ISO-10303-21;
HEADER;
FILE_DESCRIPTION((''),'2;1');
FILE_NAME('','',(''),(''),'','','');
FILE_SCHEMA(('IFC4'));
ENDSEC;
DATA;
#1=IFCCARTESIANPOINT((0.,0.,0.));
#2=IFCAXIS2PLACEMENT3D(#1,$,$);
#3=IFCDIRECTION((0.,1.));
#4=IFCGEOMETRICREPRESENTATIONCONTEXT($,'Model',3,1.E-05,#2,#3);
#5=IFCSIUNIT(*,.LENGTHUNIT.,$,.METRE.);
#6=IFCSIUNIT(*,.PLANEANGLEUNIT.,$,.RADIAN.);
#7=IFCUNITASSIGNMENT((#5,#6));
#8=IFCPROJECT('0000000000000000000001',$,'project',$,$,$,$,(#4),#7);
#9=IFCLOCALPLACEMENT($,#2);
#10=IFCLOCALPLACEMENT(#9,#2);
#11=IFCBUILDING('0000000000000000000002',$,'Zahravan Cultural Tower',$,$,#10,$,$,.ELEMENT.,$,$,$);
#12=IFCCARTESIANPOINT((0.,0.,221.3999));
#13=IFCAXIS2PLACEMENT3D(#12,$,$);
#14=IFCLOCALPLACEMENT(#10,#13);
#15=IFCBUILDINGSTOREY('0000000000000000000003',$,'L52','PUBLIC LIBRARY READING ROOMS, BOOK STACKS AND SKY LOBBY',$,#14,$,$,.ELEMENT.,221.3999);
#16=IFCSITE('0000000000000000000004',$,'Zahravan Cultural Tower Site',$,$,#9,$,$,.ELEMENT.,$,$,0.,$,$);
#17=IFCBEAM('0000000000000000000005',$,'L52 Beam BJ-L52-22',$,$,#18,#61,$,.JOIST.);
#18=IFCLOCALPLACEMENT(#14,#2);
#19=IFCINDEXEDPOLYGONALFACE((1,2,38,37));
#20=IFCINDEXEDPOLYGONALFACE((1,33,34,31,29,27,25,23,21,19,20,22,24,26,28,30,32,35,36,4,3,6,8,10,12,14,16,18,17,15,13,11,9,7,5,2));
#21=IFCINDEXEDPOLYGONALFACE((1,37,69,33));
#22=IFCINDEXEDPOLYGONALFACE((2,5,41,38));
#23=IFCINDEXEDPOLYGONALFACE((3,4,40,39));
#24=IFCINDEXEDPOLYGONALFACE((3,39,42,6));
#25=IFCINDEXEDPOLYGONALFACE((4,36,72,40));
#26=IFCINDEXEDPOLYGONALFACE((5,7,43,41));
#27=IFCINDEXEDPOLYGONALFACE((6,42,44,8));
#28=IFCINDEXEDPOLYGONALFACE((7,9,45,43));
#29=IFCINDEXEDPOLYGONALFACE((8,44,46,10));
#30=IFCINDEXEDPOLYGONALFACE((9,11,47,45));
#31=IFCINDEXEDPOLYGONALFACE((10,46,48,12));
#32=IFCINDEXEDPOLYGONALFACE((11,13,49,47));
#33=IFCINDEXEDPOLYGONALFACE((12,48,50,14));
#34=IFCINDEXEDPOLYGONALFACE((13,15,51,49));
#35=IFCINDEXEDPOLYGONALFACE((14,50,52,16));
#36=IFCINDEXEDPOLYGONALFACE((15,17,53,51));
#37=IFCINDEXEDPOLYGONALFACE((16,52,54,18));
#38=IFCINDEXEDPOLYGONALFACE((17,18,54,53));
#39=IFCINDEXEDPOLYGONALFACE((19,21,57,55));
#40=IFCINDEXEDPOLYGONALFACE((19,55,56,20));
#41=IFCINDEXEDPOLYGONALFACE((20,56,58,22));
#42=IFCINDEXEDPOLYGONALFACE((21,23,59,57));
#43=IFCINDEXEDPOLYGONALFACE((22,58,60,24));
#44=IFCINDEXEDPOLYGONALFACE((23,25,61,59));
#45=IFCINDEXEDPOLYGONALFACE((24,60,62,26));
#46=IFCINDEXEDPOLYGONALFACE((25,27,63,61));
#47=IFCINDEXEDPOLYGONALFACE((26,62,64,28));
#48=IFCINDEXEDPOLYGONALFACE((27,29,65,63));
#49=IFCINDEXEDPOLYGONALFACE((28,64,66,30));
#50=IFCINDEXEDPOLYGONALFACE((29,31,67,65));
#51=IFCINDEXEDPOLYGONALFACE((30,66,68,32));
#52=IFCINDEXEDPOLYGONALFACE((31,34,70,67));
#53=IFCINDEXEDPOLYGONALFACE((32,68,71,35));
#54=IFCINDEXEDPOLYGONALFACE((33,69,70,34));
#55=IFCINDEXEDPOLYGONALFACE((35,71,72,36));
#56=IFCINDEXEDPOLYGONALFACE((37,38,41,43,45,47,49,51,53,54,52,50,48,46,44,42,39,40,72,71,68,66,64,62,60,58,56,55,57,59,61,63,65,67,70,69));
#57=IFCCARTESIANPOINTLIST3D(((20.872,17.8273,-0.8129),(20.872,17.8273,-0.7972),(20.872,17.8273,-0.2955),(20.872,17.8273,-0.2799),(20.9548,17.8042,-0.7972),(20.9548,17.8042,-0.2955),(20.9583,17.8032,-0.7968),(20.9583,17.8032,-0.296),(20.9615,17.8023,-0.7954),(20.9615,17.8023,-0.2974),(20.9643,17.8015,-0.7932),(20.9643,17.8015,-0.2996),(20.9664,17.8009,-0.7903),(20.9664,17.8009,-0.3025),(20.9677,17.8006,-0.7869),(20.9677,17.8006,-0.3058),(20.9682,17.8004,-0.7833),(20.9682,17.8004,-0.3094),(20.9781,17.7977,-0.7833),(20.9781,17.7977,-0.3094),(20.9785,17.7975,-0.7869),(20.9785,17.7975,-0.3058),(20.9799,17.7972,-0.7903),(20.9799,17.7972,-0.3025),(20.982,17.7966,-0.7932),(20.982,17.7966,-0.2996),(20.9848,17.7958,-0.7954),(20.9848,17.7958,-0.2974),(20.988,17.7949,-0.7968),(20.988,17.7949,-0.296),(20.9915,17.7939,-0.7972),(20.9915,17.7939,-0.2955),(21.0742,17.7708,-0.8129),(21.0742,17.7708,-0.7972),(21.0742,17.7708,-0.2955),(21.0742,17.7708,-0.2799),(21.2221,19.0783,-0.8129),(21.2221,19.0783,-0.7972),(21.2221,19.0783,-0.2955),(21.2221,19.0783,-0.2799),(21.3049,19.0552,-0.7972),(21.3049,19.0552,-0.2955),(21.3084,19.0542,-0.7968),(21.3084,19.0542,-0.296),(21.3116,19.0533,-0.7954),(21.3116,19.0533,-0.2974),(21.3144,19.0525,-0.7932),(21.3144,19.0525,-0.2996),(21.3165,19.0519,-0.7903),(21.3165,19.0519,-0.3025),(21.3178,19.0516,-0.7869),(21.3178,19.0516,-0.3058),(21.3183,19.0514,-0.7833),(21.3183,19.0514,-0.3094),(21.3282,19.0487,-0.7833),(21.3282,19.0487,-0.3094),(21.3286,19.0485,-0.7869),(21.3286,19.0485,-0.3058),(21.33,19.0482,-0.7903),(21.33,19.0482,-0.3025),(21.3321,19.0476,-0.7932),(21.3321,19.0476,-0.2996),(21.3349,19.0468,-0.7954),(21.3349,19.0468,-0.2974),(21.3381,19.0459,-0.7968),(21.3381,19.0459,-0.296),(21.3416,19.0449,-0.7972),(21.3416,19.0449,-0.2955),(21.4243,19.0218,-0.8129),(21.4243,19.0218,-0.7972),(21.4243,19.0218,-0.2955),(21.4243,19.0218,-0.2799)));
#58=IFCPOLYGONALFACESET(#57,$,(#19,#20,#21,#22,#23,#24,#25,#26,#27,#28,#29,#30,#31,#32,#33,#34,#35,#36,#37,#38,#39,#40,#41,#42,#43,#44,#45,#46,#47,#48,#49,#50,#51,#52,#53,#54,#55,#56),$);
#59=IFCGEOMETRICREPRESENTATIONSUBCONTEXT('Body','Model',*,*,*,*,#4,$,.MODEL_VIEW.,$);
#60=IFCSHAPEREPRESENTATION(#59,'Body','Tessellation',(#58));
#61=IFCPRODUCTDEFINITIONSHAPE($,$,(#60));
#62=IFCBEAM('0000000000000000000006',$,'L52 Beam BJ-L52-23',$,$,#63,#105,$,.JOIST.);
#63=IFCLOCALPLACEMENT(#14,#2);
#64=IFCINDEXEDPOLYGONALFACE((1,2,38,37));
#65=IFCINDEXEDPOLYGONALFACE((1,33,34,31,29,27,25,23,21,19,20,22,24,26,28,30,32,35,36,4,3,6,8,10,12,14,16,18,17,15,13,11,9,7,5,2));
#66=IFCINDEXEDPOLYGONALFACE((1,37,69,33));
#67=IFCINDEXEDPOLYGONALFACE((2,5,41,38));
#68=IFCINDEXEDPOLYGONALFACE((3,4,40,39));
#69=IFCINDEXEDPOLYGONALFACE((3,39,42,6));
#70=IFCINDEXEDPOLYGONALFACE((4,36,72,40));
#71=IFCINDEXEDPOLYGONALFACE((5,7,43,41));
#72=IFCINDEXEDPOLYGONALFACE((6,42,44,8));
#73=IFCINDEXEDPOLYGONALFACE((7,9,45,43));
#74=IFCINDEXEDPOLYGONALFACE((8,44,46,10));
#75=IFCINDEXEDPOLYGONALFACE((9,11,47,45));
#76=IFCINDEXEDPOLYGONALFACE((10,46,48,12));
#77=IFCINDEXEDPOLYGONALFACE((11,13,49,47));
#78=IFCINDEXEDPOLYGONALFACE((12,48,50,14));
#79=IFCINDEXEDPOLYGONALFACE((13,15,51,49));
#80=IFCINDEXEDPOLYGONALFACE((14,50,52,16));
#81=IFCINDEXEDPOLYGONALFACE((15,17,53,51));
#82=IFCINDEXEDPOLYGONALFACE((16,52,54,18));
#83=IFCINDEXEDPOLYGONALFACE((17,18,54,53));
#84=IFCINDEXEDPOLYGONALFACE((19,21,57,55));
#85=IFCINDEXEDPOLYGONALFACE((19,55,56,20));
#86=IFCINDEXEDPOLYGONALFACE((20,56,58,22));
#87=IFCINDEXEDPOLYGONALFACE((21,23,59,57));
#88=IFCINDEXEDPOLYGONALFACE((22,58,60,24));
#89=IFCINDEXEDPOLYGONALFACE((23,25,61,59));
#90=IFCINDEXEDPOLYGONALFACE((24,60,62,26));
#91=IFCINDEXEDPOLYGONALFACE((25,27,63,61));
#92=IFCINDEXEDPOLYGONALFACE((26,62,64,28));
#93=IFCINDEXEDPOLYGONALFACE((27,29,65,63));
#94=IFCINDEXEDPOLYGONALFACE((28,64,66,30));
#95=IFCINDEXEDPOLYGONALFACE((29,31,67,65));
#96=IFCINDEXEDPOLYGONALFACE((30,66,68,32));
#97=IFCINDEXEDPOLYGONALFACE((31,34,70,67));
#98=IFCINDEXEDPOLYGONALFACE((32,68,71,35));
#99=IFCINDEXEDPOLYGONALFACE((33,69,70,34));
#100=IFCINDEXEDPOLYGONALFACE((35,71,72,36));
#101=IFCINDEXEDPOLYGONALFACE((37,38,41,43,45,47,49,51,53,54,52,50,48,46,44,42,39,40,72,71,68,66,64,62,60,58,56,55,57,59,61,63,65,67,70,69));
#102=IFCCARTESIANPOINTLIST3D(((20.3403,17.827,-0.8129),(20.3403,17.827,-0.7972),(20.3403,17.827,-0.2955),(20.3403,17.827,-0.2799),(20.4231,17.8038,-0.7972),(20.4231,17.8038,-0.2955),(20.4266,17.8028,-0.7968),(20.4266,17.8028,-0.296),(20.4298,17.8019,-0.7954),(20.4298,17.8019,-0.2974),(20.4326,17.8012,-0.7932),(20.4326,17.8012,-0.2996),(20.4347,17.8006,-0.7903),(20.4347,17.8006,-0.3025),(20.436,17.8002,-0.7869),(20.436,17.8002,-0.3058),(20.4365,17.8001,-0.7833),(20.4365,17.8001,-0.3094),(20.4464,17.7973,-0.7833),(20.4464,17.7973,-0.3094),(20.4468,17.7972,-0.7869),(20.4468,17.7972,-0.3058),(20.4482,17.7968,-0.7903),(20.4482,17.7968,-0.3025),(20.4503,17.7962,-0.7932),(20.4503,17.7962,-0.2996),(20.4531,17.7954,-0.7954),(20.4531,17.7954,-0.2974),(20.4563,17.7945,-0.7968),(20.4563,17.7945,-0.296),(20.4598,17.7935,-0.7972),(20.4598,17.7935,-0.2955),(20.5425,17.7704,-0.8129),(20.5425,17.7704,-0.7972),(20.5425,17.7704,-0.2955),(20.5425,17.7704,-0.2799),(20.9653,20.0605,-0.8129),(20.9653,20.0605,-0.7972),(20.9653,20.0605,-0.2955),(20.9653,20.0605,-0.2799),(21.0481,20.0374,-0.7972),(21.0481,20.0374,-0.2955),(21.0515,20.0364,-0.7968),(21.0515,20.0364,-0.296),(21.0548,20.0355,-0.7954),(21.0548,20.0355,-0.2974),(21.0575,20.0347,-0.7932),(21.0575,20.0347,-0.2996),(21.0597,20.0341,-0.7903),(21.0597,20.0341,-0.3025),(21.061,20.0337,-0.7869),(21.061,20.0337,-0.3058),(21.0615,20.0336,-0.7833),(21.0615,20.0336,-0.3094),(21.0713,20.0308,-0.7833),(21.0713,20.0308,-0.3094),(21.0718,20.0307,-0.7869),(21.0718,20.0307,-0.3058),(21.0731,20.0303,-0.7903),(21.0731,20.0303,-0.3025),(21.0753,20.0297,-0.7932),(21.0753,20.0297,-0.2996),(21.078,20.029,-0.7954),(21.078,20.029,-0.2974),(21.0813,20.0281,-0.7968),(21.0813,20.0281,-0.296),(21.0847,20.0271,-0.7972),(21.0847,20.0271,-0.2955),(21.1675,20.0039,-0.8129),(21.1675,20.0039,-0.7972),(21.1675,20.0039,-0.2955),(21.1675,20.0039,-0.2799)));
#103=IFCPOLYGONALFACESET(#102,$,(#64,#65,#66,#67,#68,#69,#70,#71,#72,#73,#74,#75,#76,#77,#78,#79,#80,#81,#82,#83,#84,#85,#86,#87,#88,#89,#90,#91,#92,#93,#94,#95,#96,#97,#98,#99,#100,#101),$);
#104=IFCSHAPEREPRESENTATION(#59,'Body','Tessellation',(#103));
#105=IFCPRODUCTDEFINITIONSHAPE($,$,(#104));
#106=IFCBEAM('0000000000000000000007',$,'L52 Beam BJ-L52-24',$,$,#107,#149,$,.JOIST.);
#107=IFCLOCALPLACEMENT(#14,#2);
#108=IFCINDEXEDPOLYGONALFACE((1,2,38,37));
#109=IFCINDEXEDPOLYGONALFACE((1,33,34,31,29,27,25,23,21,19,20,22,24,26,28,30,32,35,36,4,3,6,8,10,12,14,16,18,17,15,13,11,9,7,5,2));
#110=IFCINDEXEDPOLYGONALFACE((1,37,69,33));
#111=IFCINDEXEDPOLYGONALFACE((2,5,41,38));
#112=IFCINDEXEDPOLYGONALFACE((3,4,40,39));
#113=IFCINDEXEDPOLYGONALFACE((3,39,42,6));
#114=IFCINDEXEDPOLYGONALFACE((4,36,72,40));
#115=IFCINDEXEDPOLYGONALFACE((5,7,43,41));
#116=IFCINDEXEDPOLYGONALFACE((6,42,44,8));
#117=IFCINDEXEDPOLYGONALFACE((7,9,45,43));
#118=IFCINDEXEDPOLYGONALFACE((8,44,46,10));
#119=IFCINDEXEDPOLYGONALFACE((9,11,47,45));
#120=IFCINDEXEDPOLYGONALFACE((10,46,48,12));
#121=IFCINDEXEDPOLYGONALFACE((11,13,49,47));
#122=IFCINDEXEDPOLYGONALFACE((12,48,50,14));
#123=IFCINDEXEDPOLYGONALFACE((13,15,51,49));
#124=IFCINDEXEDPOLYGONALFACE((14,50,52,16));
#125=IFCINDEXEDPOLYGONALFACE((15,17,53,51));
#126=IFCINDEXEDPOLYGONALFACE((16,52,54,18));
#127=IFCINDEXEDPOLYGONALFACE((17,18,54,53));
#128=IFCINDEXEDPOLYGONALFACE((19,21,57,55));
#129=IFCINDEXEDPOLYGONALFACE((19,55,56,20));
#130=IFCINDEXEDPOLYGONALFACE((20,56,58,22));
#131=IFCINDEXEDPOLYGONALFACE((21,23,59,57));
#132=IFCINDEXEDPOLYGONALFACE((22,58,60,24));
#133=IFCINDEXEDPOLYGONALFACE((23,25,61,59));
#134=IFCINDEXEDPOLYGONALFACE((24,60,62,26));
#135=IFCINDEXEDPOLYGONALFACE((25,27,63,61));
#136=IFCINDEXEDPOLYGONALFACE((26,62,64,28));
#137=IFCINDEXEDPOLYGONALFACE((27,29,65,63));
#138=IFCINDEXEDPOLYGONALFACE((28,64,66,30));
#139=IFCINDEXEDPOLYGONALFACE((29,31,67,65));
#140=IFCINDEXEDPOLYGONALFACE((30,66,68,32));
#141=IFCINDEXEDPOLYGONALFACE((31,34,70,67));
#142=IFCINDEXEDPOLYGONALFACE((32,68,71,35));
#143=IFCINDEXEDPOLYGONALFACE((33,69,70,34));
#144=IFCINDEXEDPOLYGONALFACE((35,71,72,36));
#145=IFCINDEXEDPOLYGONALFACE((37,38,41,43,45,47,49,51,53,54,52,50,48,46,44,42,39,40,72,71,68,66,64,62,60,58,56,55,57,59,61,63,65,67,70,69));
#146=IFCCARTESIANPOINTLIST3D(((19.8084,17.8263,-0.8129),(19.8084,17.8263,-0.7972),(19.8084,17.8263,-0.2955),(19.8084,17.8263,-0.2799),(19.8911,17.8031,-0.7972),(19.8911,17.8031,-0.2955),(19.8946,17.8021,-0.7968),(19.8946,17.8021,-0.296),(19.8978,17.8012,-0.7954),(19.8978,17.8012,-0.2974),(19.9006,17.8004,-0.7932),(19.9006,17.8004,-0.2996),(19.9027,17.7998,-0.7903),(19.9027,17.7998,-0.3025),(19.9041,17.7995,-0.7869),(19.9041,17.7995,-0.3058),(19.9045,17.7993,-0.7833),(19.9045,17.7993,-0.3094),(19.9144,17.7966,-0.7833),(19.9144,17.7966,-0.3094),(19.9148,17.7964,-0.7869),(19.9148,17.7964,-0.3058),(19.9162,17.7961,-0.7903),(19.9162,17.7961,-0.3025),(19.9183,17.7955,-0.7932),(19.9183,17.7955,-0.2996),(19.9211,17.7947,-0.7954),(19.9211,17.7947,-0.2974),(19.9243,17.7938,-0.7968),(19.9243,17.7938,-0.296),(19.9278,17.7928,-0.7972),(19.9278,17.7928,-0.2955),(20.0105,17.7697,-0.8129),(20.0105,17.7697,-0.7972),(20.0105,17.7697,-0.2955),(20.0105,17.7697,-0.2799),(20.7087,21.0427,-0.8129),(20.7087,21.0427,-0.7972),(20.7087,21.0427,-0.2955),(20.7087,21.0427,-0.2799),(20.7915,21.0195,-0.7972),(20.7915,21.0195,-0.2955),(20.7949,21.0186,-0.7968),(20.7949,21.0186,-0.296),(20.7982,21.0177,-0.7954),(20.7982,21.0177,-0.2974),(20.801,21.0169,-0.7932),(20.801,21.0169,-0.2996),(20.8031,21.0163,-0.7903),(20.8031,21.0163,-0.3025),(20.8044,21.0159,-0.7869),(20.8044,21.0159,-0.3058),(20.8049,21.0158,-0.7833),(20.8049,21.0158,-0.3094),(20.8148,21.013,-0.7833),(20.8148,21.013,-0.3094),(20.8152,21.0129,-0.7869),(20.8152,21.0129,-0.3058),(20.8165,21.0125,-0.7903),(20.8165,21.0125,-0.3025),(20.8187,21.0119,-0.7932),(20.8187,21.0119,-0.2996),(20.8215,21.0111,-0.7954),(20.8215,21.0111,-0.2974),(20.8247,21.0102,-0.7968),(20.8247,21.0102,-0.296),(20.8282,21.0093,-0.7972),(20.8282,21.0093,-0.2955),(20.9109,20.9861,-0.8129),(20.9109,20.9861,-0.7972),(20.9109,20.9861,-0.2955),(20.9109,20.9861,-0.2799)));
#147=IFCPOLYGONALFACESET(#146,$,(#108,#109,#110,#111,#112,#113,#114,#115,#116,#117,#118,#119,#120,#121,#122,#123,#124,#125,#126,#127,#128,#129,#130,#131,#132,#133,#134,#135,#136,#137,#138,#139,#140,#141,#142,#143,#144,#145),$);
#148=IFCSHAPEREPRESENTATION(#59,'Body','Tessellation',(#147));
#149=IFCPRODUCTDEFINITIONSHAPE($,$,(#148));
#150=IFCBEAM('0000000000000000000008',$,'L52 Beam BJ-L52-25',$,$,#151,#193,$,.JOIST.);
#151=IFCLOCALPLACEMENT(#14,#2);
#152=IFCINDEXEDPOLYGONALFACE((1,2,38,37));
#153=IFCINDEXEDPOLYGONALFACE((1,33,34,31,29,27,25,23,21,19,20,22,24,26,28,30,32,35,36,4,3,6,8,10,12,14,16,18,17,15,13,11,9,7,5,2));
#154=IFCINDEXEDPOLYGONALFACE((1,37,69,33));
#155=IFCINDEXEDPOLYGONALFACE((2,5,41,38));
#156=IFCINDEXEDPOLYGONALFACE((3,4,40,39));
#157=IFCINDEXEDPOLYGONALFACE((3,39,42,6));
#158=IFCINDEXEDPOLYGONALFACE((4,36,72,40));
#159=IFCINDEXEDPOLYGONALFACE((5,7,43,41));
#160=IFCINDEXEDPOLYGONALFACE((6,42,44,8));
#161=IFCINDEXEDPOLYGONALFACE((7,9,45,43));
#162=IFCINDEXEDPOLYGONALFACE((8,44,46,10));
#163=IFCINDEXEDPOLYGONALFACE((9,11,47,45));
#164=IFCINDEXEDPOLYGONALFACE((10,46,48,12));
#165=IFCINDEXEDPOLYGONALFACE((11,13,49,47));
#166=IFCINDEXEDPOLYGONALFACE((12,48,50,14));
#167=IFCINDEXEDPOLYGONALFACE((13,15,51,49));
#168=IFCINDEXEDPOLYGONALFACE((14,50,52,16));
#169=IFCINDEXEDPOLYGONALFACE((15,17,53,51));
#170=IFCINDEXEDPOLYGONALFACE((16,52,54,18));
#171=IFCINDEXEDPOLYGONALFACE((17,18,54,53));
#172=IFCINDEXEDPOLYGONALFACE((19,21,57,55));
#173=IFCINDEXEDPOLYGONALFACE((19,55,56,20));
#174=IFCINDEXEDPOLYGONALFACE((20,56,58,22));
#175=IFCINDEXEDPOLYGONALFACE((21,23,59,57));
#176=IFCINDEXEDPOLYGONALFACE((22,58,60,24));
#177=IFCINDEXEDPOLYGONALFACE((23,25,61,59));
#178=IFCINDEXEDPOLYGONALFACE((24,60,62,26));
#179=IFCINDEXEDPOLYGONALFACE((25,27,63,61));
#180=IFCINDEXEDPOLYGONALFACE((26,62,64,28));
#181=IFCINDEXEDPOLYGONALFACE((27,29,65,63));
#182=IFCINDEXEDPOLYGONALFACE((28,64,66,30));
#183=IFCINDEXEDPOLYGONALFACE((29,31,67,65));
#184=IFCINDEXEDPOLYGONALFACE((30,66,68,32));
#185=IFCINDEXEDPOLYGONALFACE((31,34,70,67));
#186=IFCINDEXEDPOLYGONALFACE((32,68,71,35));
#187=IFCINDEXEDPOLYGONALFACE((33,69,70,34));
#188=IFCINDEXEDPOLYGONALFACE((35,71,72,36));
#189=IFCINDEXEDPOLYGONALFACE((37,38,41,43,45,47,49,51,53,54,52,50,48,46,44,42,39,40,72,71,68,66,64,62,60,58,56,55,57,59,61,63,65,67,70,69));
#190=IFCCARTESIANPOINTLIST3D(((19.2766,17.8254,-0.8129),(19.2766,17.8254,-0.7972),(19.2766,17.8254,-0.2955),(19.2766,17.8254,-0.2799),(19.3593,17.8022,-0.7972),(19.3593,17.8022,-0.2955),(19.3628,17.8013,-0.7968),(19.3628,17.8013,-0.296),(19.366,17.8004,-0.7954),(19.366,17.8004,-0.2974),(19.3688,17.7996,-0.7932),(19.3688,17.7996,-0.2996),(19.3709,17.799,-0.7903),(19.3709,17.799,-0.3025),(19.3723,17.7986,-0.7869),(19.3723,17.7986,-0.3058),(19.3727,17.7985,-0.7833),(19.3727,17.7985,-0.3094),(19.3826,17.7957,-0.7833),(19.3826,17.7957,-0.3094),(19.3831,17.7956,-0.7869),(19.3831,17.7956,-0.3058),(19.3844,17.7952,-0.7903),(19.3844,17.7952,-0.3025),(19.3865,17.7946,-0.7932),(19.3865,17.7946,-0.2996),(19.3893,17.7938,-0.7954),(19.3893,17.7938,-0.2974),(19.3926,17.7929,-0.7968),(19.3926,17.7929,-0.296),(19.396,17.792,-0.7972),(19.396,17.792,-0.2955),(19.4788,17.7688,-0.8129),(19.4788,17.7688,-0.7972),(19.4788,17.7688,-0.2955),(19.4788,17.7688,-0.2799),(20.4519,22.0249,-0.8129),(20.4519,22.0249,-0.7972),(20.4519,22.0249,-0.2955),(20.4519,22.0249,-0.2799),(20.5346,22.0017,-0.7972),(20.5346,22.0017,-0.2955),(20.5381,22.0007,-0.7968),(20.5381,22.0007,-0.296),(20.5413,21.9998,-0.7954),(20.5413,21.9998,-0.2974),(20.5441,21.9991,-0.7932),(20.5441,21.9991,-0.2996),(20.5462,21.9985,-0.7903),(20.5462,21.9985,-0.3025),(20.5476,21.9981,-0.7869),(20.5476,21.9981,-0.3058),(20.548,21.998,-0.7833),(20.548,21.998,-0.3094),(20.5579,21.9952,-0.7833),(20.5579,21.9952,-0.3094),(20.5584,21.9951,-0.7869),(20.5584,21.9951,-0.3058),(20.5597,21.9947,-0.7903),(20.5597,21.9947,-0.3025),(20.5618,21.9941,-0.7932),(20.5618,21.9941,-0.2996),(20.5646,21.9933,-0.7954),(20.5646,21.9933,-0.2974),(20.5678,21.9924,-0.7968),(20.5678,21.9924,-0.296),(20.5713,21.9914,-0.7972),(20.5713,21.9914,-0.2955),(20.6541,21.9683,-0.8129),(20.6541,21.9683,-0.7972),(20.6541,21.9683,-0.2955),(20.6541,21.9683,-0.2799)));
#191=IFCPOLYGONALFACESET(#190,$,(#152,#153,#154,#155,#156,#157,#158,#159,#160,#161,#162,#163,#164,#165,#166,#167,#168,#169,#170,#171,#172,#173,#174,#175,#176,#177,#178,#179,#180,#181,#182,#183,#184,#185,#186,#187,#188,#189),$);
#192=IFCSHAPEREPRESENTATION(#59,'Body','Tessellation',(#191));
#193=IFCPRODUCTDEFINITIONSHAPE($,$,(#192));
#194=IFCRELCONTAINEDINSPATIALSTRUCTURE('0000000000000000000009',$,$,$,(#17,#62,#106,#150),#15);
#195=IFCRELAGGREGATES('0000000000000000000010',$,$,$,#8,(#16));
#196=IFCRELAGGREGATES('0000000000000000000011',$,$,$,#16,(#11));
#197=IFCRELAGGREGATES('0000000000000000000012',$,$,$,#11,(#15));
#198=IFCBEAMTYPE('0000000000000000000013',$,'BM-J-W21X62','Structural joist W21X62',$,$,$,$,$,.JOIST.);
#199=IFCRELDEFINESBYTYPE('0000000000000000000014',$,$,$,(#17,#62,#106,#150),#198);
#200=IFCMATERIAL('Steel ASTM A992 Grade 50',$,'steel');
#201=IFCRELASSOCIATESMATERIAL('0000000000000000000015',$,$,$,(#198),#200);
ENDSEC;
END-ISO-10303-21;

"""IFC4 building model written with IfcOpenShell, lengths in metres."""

from ifc_helpers import new_model, si_unit, direction, frame, origin, origin_2d, place, context, subcontext, project, spatial, i_section, extrude, source, transform, mapped, material, material_profile, profile_set, type_object, element, save


model = new_model("IFC4")

# Units and contexts
model_context = context("Model", 3, precision=1e-05, world=origin(), true_north=direction((0.0, 1.0)))
body_context = subcontext(model_context, "Body", "Model", "MODEL_VIEW")
ifc_project = project(units=[si_unit("LENGTHUNIT", "METRE"), si_unit("PLANEANGLEUNIT", "RADIAN")], contexts=[model_context])

# Site, building, storey
site_placement = place(None, origin())
site = spatial("IfcSite", under=ifc_project, at=site_placement, Name="Zahravan Cultural Tower Site", CompositionType="ELEMENT", RefElevation=0.0)
building_placement = place(site_placement, origin())
building = spatial("IfcBuilding", under=site, at=building_placement, Name="Zahravan Cultural Tower", CompositionType="ELEMENT")
storey_placement = place(building_placement, frame((0.0, 0.0, 221.3999)))
storey = spatial("IfcBuildingStorey", under=building, at=storey_placement, Name="L52", Description="PUBLIC LIBRARY READING ROOMS, BOOK STACKS AND SKY LOBBY", CompositionType="ELEMENT", Elevation=221.3999)

# Beams
ifc_material_1 = material(Name="Steel ASTM A992 Grade 50", Category="steel")
ifc_material_profile_1 = material_profile(ifc_material_1, i_section(OverallWidth=0.21, OverallDepth=0.533, WebThickness=0.0103, FlangeThickness=0.0156, FilletRadius=0.0139, at=origin_2d()), Name="W21X62")
ifc_profile_set_1 = profile_set([ifc_material_profile_1], Name="Steel ASTM A992 Grade 50")
beam_type_1 = type_object("IfcBeamType", Name="BM-J-W21X62", Description="Structural joist W21X62", PredefinedType="JOIST", material=ifc_profile_set_1)
shared_shape_1 = source(origin(), body_context, "Body", "SweptSolid", [
    extrude(i_section(OverallWidth=0.21, OverallDepth=0.533, WebThickness=0.0103, FlangeThickness=0.0156, FilletRadius=0.0139, at=origin_2d()), origin(), (0.0, 0.0, 1.0), 1.2991),
])
beam_1_placement = place(storey_placement, frame((21.3232, 19.05, -0.5464), z_axis=(-0.269504, -0.962999, 0.0), x_axis=(0.962999, -0.269504, 0.0)))
element("IfcBeam", 1, at=beam_1_placement, inside=storey, type_object=beam_type_1, Name="L52 Beam BJ-L52-22", PredefinedType="JOIST", context=body_context, shape_type="MappedRepresentation", body=[
    mapped(shared_shape_1, transform((0.0, 0.0, 0.0), x_axis=(1.0, 0.0, 0.0), y_axis=(0.0, 1.0, 0.0), z_axis=(0.0, 0.0, 1.0), scale=1.0)),
])
shared_shape_2 = source(origin(), body_context, "Body", "SweptSolid", [
    extrude(i_section(OverallWidth=0.21, OverallDepth=0.533, WebThickness=0.0103, FlangeThickness=0.0156, FilletRadius=0.0139, at=origin_2d()), origin(), (0.0, 0.0, 1.0), 2.3193),
])
beam_2_placement = place(storey_placement, frame((21.0664, 20.0322, -0.5464), z_axis=(-0.269462, -0.963011, 0.0), x_axis=(0.963011, -0.269462, 0.0)))
element("IfcBeam", 2, at=beam_2_placement, inside=storey, type_object=beam_type_1, Name="L52 Beam BJ-L52-23", PredefinedType="JOIST", context=body_context, shape_type="MappedRepresentation", body=[
    mapped(shared_shape_2, transform((0.0, 0.0, 0.0), x_axis=(1.0, 0.0, 0.0), y_axis=(0.0, 1.0, 0.0), z_axis=(0.0, 0.0, 1.0), scale=1.0)),
])
shared_shape_3 = source(origin(), body_context, "Body", "SweptSolid", [
    extrude(i_section(OverallWidth=0.21, OverallDepth=0.533, WebThickness=0.0103, FlangeThickness=0.0156, FilletRadius=0.0139, at=origin_2d()), origin(), (0.0, 0.0, 1.0), 3.3401),
])
beam_3_placement = place(storey_placement, frame((20.8098, 21.0144, -0.5464), z_axis=(-0.269562, -0.962983, 0.0), x_axis=(0.962983, -0.269562, 0.0)))
element("IfcBeam", 3, at=beam_3_placement, inside=storey, type_object=beam_type_1, Name="L52 Beam BJ-L52-24", PredefinedType="JOIST", context=body_context, shape_type="MappedRepresentation", body=[
    mapped(shared_shape_3, transform((0.0, 0.0, 0.0), x_axis=(1.0, 0.0, 0.0), y_axis=(0.0, 1.0, 0.0), z_axis=(0.0, 0.0, 1.0), scale=1.0)),
])
shared_shape_4 = source(origin(), body_context, "Body", "SweptSolid", [
    extrude(i_section(OverallWidth=0.21, OverallDepth=0.533, WebThickness=0.0103, FlangeThickness=0.0156, FilletRadius=0.0139, at=origin_2d()), origin(), (0.0, 0.0, 1.0), 4.3608),
])
beam_4_placement = place(storey_placement, frame((20.553, 21.9966, -0.5464), z_axis=(-0.269512, -0.962997, 0.0), x_axis=(0.962997, -0.269512, 0.0)))
element("IfcBeam", 4, at=beam_4_placement, inside=storey, type_object=beam_type_1, Name="L52 Beam BJ-L52-25", PredefinedType="JOIST", context=body_context, shape_type="MappedRepresentation", body=[
    mapped(shared_shape_4, transform((0.0, 0.0, 0.0), x_axis=(1.0, 0.0, 0.0), y_axis=(0.0, 1.0, 0.0), z_axis=(0.0, 0.0, 1.0), scale=1.0)),
])

save(model, "model.ifc")
